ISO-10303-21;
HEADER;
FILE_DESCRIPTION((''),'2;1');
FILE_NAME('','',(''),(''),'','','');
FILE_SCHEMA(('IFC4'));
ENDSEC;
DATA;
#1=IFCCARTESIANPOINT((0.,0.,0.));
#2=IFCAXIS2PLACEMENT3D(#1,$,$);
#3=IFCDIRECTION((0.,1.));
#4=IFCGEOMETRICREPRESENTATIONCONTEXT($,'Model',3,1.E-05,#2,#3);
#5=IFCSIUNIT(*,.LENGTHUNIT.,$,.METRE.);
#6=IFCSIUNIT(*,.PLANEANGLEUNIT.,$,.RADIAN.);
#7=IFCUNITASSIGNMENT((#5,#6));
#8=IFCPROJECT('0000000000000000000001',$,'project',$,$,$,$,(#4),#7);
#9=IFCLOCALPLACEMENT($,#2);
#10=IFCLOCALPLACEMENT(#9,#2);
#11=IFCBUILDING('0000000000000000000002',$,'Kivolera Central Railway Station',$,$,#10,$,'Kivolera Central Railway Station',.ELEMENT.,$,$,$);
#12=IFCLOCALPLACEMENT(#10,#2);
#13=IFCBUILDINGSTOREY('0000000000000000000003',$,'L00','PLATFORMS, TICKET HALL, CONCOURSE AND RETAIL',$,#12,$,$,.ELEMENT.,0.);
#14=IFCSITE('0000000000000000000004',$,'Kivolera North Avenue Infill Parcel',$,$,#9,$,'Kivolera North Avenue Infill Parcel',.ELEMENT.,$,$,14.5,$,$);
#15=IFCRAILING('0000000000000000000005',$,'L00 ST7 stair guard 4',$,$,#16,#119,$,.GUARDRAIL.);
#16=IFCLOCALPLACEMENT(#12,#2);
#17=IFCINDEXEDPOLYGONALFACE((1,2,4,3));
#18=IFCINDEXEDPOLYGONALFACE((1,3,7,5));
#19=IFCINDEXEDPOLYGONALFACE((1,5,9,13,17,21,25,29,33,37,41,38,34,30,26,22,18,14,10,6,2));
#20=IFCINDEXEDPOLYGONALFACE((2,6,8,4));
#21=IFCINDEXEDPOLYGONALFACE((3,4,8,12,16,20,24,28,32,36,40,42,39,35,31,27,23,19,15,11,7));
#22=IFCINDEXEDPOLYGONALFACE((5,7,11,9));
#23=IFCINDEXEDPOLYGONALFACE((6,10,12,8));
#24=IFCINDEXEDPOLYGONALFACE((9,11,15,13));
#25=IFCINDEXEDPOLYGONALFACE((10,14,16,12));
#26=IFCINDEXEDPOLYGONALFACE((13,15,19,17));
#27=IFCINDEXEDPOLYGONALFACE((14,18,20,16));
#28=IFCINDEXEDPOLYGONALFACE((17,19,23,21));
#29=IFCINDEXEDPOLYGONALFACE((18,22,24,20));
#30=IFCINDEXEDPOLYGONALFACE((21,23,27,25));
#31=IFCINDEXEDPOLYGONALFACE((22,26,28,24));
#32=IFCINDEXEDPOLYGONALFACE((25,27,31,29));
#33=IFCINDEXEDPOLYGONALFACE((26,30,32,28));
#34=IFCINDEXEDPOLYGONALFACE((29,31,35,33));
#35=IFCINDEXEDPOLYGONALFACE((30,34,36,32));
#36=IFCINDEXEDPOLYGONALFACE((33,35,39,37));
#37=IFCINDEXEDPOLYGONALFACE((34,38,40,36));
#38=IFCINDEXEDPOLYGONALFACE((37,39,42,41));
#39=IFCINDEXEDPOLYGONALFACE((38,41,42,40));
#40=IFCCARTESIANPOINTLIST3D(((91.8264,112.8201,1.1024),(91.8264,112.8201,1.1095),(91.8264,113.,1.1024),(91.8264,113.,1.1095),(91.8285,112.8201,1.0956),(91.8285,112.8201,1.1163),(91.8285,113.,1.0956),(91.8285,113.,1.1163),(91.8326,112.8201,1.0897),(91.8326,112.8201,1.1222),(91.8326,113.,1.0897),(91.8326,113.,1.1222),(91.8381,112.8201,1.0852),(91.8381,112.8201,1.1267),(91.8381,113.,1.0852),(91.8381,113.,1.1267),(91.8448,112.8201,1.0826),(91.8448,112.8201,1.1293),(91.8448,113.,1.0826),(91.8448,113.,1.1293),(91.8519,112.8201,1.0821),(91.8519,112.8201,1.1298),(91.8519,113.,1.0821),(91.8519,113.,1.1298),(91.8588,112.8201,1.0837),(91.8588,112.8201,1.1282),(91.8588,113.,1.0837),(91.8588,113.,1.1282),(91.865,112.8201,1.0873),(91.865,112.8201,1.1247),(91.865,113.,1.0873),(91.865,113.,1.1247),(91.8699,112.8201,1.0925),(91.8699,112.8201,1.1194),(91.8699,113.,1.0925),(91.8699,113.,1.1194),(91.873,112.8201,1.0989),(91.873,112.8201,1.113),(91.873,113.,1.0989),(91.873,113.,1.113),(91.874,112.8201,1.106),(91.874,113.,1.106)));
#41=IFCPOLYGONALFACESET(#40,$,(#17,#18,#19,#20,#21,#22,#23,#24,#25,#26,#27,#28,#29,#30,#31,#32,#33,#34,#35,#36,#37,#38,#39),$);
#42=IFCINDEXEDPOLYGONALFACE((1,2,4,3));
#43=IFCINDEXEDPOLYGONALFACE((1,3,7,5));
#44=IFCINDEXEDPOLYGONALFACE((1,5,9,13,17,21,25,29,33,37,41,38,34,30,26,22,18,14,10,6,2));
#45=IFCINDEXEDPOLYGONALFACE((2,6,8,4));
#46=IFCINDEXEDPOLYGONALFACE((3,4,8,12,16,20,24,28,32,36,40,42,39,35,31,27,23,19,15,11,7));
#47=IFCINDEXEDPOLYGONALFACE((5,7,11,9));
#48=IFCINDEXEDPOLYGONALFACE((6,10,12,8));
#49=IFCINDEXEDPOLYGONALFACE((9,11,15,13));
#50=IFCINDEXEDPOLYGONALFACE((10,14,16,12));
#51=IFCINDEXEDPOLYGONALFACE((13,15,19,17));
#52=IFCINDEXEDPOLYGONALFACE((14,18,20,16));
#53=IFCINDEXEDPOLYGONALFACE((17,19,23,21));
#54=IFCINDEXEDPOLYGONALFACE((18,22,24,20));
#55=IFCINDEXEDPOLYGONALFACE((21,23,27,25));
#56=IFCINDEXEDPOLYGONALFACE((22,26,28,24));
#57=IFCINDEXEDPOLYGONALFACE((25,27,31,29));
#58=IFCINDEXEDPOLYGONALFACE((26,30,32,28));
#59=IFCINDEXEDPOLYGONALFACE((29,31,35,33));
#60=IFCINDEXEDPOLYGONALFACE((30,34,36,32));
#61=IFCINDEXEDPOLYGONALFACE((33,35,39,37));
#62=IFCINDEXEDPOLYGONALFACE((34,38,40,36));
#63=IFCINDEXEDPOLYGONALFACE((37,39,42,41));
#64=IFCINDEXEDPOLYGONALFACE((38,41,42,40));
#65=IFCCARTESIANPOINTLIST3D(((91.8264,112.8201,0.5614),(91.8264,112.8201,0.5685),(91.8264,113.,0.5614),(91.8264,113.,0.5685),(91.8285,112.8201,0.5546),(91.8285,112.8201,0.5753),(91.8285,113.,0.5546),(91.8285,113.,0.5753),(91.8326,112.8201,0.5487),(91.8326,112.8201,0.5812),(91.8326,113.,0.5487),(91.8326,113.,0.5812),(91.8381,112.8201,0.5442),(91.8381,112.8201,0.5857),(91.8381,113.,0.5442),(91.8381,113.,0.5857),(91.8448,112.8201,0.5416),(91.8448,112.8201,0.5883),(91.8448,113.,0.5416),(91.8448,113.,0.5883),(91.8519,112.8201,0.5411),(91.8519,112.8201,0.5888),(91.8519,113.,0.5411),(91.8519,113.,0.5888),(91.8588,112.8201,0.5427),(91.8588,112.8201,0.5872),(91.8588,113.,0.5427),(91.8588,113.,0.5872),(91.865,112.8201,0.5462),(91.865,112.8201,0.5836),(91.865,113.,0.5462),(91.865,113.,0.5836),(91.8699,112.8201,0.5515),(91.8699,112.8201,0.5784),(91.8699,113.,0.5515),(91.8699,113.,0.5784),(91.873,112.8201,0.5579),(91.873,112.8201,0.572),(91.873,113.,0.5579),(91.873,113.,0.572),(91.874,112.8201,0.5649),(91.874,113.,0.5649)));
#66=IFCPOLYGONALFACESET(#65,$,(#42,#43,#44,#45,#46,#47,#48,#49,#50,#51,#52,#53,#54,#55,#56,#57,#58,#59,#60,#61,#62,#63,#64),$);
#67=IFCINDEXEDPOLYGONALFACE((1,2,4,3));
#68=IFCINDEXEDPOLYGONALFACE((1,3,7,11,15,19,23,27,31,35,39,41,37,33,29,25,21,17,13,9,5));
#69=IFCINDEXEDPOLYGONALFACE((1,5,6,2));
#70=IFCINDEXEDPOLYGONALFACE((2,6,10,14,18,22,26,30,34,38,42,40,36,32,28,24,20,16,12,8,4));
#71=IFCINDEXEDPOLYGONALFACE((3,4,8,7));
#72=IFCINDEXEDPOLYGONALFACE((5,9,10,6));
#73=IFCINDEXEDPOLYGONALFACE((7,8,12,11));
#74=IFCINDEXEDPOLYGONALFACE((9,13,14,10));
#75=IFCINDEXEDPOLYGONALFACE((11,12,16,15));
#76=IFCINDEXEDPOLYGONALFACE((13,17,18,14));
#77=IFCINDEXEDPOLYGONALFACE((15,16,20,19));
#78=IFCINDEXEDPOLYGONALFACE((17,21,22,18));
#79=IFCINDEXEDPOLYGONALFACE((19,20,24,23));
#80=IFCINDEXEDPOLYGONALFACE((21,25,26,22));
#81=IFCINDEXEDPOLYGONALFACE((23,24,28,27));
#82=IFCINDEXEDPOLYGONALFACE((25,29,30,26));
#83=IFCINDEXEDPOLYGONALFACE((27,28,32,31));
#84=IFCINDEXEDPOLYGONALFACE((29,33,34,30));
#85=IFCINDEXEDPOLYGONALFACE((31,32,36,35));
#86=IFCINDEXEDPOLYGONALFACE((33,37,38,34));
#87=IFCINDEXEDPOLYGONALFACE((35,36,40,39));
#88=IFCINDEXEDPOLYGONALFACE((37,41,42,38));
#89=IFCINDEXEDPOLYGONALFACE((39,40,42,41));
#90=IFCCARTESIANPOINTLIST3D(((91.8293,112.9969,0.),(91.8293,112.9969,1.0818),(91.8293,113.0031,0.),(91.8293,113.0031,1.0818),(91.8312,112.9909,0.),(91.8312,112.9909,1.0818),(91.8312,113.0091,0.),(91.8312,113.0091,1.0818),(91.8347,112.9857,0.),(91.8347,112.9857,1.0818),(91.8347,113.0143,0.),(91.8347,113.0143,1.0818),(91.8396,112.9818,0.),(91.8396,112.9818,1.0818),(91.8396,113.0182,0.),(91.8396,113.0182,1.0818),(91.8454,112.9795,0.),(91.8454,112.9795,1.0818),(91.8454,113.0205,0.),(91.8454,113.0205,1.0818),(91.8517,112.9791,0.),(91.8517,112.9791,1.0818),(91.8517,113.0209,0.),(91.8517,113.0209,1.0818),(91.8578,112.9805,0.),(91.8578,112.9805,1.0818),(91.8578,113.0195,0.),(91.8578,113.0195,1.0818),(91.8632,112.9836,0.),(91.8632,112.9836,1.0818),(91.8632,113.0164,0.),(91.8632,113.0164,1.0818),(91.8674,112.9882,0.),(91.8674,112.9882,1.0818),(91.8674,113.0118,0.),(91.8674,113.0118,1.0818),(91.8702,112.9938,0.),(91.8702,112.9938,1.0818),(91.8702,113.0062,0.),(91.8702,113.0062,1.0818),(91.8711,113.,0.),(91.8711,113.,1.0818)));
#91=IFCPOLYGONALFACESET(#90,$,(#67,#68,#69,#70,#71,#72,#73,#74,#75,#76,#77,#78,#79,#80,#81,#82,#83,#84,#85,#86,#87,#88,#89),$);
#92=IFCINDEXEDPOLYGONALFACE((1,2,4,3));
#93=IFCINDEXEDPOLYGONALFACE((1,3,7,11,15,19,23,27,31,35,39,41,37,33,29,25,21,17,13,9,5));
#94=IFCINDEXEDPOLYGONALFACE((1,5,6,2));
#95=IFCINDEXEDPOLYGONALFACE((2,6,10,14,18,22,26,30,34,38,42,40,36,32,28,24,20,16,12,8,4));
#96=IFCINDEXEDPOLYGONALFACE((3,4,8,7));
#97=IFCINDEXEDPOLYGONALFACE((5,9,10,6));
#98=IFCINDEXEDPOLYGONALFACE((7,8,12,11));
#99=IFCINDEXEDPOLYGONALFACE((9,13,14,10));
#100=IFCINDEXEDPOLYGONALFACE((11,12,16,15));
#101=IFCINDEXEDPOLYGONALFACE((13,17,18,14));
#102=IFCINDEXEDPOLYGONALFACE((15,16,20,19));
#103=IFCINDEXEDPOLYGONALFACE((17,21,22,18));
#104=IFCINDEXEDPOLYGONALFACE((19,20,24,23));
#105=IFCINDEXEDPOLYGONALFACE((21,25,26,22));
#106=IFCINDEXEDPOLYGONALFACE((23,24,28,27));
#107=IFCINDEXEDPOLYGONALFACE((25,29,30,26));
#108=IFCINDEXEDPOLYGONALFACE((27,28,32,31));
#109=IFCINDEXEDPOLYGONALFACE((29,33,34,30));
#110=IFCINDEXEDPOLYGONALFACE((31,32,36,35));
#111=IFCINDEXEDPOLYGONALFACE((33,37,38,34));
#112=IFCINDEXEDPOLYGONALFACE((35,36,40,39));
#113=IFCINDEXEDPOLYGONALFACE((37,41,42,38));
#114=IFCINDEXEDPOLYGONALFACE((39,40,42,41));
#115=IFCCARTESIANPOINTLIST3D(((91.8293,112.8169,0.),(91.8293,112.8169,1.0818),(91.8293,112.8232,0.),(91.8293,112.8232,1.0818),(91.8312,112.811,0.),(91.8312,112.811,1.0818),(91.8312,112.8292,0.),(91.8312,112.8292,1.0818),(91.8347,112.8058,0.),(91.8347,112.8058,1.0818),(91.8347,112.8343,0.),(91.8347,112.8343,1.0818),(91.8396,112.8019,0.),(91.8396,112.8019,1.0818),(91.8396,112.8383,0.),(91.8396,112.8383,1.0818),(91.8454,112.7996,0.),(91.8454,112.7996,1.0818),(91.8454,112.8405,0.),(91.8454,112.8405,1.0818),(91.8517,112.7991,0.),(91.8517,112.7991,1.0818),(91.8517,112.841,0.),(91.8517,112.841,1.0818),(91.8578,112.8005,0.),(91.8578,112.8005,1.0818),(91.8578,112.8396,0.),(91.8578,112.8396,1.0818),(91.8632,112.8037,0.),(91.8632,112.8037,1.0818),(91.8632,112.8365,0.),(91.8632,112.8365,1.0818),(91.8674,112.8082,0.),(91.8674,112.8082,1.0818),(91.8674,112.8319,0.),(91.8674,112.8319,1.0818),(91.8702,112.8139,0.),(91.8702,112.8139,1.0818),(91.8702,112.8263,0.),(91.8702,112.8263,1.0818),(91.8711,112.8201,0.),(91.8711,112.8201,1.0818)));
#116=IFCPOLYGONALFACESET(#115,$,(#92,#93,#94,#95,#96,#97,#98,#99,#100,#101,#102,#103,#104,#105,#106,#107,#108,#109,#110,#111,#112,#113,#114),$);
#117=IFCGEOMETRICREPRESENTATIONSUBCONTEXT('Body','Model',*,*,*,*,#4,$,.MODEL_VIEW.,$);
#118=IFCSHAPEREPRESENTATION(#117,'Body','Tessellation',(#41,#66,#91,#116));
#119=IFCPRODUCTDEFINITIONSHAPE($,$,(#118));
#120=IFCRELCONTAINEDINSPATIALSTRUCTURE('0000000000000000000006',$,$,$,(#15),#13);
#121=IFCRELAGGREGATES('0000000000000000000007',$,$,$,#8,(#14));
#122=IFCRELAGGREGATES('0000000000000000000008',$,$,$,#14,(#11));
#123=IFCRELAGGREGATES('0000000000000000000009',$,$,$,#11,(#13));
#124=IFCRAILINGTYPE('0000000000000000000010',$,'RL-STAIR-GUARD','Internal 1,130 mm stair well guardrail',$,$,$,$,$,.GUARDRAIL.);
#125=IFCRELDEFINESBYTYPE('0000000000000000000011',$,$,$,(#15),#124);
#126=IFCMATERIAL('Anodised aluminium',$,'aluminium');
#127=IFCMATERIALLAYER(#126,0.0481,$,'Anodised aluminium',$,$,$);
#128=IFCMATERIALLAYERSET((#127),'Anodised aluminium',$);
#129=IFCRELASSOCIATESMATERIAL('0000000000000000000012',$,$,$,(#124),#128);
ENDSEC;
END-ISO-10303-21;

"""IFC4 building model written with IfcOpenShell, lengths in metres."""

from ifc_helpers import new_model, si_unit, direction, frame, origin, origin_2d, place, context, subcontext, project, spatial, circle, extrude, material, layer, layer_set, type_object, element, save


model = new_model("IFC4")

# Units and contexts
model_context = context("Model", 3, precision=1e-05, world=origin(), true_north=direction((0.0, 1.0)))
body_context = subcontext(model_context, "Body", "Model", "MODEL_VIEW")
ifc_project = project(units=[si_unit("LENGTHUNIT", "METRE"), si_unit("PLANEANGLEUNIT", "RADIAN")], contexts=[model_context])

# Site, building, storey
site_placement = place(None, origin())
site = spatial("IfcSite", under=ifc_project, at=site_placement, Name="Kivolera North Avenue Infill Parcel", LongName="Kivolera North Avenue Infill Parcel", CompositionType="ELEMENT", RefElevation=14.5)
building_placement = place(site_placement, origin())
building = spatial("IfcBuilding", under=site, at=building_placement, Name="Kivolera Central Railway Station", LongName="Kivolera Central Railway Station", CompositionType="ELEMENT")
storey_placement = place(building_placement, origin())
storey = spatial("IfcBuildingStorey", under=building, at=storey_placement, Name="L00", Description="PLATFORMS, TICKET HALL, CONCOURSE AND RETAIL", CompositionType="ELEMENT", Elevation=0.0)

# Shared definitions
ifc_material_1 = material(Name="Anodised aluminium", Category="aluminium")

# Railing
ifc_layer_1 = layer(ifc_material_1, 0.0481, Name="Anodised aluminium")
ifc_layer_set_1 = layer_set([ifc_layer_1], Name="Anodised aluminium")
railing_type = type_object("IfcRailingType", Name="RL-STAIR-GUARD", Description="Internal 1,130 mm stair well guardrail", PredefinedType="GUARDRAIL", material=ifc_layer_set_1)
railing_1_placement = place(storey_placement, frame((91.8501, 113.0, 0.0)))
element("IfcRailing", 1, at=railing_1_placement, inside=storey, type_object=railing_type, Name="L00 ST7 stair guard 4", PredefinedType="GUARDRAIL", context=body_context, shape_type="SweptSolid", body=[
    extrude(circle(Radius=0.0239, at=origin_2d()), frame((0.0, 0.0, 1.106), z_axis=(0.0, -1.0, 0.0), x_axis=(1.0, 0.0, 0.0)), (0.0, 0.0, 1.0), 0.1799),
    extrude(circle(Radius=0.0239, at=origin_2d()), frame((0.0, 0.0, 0.5649), z_axis=(0.0, -1.0, 0.0), x_axis=(1.0, 0.0, 0.0)), (0.0, 0.0, 1.0), 0.1799),
    extrude(circle(Radius=0.021, at=origin_2d()), origin(), (0.0, 0.0, 1.0), 1.0818),
    extrude(circle(Radius=0.021, at=origin_2d()), frame((0.0, -0.1799, 0.0)), (0.0, 0.0, 1.0), 1.0818),
])

save(model, "model.ifc")
